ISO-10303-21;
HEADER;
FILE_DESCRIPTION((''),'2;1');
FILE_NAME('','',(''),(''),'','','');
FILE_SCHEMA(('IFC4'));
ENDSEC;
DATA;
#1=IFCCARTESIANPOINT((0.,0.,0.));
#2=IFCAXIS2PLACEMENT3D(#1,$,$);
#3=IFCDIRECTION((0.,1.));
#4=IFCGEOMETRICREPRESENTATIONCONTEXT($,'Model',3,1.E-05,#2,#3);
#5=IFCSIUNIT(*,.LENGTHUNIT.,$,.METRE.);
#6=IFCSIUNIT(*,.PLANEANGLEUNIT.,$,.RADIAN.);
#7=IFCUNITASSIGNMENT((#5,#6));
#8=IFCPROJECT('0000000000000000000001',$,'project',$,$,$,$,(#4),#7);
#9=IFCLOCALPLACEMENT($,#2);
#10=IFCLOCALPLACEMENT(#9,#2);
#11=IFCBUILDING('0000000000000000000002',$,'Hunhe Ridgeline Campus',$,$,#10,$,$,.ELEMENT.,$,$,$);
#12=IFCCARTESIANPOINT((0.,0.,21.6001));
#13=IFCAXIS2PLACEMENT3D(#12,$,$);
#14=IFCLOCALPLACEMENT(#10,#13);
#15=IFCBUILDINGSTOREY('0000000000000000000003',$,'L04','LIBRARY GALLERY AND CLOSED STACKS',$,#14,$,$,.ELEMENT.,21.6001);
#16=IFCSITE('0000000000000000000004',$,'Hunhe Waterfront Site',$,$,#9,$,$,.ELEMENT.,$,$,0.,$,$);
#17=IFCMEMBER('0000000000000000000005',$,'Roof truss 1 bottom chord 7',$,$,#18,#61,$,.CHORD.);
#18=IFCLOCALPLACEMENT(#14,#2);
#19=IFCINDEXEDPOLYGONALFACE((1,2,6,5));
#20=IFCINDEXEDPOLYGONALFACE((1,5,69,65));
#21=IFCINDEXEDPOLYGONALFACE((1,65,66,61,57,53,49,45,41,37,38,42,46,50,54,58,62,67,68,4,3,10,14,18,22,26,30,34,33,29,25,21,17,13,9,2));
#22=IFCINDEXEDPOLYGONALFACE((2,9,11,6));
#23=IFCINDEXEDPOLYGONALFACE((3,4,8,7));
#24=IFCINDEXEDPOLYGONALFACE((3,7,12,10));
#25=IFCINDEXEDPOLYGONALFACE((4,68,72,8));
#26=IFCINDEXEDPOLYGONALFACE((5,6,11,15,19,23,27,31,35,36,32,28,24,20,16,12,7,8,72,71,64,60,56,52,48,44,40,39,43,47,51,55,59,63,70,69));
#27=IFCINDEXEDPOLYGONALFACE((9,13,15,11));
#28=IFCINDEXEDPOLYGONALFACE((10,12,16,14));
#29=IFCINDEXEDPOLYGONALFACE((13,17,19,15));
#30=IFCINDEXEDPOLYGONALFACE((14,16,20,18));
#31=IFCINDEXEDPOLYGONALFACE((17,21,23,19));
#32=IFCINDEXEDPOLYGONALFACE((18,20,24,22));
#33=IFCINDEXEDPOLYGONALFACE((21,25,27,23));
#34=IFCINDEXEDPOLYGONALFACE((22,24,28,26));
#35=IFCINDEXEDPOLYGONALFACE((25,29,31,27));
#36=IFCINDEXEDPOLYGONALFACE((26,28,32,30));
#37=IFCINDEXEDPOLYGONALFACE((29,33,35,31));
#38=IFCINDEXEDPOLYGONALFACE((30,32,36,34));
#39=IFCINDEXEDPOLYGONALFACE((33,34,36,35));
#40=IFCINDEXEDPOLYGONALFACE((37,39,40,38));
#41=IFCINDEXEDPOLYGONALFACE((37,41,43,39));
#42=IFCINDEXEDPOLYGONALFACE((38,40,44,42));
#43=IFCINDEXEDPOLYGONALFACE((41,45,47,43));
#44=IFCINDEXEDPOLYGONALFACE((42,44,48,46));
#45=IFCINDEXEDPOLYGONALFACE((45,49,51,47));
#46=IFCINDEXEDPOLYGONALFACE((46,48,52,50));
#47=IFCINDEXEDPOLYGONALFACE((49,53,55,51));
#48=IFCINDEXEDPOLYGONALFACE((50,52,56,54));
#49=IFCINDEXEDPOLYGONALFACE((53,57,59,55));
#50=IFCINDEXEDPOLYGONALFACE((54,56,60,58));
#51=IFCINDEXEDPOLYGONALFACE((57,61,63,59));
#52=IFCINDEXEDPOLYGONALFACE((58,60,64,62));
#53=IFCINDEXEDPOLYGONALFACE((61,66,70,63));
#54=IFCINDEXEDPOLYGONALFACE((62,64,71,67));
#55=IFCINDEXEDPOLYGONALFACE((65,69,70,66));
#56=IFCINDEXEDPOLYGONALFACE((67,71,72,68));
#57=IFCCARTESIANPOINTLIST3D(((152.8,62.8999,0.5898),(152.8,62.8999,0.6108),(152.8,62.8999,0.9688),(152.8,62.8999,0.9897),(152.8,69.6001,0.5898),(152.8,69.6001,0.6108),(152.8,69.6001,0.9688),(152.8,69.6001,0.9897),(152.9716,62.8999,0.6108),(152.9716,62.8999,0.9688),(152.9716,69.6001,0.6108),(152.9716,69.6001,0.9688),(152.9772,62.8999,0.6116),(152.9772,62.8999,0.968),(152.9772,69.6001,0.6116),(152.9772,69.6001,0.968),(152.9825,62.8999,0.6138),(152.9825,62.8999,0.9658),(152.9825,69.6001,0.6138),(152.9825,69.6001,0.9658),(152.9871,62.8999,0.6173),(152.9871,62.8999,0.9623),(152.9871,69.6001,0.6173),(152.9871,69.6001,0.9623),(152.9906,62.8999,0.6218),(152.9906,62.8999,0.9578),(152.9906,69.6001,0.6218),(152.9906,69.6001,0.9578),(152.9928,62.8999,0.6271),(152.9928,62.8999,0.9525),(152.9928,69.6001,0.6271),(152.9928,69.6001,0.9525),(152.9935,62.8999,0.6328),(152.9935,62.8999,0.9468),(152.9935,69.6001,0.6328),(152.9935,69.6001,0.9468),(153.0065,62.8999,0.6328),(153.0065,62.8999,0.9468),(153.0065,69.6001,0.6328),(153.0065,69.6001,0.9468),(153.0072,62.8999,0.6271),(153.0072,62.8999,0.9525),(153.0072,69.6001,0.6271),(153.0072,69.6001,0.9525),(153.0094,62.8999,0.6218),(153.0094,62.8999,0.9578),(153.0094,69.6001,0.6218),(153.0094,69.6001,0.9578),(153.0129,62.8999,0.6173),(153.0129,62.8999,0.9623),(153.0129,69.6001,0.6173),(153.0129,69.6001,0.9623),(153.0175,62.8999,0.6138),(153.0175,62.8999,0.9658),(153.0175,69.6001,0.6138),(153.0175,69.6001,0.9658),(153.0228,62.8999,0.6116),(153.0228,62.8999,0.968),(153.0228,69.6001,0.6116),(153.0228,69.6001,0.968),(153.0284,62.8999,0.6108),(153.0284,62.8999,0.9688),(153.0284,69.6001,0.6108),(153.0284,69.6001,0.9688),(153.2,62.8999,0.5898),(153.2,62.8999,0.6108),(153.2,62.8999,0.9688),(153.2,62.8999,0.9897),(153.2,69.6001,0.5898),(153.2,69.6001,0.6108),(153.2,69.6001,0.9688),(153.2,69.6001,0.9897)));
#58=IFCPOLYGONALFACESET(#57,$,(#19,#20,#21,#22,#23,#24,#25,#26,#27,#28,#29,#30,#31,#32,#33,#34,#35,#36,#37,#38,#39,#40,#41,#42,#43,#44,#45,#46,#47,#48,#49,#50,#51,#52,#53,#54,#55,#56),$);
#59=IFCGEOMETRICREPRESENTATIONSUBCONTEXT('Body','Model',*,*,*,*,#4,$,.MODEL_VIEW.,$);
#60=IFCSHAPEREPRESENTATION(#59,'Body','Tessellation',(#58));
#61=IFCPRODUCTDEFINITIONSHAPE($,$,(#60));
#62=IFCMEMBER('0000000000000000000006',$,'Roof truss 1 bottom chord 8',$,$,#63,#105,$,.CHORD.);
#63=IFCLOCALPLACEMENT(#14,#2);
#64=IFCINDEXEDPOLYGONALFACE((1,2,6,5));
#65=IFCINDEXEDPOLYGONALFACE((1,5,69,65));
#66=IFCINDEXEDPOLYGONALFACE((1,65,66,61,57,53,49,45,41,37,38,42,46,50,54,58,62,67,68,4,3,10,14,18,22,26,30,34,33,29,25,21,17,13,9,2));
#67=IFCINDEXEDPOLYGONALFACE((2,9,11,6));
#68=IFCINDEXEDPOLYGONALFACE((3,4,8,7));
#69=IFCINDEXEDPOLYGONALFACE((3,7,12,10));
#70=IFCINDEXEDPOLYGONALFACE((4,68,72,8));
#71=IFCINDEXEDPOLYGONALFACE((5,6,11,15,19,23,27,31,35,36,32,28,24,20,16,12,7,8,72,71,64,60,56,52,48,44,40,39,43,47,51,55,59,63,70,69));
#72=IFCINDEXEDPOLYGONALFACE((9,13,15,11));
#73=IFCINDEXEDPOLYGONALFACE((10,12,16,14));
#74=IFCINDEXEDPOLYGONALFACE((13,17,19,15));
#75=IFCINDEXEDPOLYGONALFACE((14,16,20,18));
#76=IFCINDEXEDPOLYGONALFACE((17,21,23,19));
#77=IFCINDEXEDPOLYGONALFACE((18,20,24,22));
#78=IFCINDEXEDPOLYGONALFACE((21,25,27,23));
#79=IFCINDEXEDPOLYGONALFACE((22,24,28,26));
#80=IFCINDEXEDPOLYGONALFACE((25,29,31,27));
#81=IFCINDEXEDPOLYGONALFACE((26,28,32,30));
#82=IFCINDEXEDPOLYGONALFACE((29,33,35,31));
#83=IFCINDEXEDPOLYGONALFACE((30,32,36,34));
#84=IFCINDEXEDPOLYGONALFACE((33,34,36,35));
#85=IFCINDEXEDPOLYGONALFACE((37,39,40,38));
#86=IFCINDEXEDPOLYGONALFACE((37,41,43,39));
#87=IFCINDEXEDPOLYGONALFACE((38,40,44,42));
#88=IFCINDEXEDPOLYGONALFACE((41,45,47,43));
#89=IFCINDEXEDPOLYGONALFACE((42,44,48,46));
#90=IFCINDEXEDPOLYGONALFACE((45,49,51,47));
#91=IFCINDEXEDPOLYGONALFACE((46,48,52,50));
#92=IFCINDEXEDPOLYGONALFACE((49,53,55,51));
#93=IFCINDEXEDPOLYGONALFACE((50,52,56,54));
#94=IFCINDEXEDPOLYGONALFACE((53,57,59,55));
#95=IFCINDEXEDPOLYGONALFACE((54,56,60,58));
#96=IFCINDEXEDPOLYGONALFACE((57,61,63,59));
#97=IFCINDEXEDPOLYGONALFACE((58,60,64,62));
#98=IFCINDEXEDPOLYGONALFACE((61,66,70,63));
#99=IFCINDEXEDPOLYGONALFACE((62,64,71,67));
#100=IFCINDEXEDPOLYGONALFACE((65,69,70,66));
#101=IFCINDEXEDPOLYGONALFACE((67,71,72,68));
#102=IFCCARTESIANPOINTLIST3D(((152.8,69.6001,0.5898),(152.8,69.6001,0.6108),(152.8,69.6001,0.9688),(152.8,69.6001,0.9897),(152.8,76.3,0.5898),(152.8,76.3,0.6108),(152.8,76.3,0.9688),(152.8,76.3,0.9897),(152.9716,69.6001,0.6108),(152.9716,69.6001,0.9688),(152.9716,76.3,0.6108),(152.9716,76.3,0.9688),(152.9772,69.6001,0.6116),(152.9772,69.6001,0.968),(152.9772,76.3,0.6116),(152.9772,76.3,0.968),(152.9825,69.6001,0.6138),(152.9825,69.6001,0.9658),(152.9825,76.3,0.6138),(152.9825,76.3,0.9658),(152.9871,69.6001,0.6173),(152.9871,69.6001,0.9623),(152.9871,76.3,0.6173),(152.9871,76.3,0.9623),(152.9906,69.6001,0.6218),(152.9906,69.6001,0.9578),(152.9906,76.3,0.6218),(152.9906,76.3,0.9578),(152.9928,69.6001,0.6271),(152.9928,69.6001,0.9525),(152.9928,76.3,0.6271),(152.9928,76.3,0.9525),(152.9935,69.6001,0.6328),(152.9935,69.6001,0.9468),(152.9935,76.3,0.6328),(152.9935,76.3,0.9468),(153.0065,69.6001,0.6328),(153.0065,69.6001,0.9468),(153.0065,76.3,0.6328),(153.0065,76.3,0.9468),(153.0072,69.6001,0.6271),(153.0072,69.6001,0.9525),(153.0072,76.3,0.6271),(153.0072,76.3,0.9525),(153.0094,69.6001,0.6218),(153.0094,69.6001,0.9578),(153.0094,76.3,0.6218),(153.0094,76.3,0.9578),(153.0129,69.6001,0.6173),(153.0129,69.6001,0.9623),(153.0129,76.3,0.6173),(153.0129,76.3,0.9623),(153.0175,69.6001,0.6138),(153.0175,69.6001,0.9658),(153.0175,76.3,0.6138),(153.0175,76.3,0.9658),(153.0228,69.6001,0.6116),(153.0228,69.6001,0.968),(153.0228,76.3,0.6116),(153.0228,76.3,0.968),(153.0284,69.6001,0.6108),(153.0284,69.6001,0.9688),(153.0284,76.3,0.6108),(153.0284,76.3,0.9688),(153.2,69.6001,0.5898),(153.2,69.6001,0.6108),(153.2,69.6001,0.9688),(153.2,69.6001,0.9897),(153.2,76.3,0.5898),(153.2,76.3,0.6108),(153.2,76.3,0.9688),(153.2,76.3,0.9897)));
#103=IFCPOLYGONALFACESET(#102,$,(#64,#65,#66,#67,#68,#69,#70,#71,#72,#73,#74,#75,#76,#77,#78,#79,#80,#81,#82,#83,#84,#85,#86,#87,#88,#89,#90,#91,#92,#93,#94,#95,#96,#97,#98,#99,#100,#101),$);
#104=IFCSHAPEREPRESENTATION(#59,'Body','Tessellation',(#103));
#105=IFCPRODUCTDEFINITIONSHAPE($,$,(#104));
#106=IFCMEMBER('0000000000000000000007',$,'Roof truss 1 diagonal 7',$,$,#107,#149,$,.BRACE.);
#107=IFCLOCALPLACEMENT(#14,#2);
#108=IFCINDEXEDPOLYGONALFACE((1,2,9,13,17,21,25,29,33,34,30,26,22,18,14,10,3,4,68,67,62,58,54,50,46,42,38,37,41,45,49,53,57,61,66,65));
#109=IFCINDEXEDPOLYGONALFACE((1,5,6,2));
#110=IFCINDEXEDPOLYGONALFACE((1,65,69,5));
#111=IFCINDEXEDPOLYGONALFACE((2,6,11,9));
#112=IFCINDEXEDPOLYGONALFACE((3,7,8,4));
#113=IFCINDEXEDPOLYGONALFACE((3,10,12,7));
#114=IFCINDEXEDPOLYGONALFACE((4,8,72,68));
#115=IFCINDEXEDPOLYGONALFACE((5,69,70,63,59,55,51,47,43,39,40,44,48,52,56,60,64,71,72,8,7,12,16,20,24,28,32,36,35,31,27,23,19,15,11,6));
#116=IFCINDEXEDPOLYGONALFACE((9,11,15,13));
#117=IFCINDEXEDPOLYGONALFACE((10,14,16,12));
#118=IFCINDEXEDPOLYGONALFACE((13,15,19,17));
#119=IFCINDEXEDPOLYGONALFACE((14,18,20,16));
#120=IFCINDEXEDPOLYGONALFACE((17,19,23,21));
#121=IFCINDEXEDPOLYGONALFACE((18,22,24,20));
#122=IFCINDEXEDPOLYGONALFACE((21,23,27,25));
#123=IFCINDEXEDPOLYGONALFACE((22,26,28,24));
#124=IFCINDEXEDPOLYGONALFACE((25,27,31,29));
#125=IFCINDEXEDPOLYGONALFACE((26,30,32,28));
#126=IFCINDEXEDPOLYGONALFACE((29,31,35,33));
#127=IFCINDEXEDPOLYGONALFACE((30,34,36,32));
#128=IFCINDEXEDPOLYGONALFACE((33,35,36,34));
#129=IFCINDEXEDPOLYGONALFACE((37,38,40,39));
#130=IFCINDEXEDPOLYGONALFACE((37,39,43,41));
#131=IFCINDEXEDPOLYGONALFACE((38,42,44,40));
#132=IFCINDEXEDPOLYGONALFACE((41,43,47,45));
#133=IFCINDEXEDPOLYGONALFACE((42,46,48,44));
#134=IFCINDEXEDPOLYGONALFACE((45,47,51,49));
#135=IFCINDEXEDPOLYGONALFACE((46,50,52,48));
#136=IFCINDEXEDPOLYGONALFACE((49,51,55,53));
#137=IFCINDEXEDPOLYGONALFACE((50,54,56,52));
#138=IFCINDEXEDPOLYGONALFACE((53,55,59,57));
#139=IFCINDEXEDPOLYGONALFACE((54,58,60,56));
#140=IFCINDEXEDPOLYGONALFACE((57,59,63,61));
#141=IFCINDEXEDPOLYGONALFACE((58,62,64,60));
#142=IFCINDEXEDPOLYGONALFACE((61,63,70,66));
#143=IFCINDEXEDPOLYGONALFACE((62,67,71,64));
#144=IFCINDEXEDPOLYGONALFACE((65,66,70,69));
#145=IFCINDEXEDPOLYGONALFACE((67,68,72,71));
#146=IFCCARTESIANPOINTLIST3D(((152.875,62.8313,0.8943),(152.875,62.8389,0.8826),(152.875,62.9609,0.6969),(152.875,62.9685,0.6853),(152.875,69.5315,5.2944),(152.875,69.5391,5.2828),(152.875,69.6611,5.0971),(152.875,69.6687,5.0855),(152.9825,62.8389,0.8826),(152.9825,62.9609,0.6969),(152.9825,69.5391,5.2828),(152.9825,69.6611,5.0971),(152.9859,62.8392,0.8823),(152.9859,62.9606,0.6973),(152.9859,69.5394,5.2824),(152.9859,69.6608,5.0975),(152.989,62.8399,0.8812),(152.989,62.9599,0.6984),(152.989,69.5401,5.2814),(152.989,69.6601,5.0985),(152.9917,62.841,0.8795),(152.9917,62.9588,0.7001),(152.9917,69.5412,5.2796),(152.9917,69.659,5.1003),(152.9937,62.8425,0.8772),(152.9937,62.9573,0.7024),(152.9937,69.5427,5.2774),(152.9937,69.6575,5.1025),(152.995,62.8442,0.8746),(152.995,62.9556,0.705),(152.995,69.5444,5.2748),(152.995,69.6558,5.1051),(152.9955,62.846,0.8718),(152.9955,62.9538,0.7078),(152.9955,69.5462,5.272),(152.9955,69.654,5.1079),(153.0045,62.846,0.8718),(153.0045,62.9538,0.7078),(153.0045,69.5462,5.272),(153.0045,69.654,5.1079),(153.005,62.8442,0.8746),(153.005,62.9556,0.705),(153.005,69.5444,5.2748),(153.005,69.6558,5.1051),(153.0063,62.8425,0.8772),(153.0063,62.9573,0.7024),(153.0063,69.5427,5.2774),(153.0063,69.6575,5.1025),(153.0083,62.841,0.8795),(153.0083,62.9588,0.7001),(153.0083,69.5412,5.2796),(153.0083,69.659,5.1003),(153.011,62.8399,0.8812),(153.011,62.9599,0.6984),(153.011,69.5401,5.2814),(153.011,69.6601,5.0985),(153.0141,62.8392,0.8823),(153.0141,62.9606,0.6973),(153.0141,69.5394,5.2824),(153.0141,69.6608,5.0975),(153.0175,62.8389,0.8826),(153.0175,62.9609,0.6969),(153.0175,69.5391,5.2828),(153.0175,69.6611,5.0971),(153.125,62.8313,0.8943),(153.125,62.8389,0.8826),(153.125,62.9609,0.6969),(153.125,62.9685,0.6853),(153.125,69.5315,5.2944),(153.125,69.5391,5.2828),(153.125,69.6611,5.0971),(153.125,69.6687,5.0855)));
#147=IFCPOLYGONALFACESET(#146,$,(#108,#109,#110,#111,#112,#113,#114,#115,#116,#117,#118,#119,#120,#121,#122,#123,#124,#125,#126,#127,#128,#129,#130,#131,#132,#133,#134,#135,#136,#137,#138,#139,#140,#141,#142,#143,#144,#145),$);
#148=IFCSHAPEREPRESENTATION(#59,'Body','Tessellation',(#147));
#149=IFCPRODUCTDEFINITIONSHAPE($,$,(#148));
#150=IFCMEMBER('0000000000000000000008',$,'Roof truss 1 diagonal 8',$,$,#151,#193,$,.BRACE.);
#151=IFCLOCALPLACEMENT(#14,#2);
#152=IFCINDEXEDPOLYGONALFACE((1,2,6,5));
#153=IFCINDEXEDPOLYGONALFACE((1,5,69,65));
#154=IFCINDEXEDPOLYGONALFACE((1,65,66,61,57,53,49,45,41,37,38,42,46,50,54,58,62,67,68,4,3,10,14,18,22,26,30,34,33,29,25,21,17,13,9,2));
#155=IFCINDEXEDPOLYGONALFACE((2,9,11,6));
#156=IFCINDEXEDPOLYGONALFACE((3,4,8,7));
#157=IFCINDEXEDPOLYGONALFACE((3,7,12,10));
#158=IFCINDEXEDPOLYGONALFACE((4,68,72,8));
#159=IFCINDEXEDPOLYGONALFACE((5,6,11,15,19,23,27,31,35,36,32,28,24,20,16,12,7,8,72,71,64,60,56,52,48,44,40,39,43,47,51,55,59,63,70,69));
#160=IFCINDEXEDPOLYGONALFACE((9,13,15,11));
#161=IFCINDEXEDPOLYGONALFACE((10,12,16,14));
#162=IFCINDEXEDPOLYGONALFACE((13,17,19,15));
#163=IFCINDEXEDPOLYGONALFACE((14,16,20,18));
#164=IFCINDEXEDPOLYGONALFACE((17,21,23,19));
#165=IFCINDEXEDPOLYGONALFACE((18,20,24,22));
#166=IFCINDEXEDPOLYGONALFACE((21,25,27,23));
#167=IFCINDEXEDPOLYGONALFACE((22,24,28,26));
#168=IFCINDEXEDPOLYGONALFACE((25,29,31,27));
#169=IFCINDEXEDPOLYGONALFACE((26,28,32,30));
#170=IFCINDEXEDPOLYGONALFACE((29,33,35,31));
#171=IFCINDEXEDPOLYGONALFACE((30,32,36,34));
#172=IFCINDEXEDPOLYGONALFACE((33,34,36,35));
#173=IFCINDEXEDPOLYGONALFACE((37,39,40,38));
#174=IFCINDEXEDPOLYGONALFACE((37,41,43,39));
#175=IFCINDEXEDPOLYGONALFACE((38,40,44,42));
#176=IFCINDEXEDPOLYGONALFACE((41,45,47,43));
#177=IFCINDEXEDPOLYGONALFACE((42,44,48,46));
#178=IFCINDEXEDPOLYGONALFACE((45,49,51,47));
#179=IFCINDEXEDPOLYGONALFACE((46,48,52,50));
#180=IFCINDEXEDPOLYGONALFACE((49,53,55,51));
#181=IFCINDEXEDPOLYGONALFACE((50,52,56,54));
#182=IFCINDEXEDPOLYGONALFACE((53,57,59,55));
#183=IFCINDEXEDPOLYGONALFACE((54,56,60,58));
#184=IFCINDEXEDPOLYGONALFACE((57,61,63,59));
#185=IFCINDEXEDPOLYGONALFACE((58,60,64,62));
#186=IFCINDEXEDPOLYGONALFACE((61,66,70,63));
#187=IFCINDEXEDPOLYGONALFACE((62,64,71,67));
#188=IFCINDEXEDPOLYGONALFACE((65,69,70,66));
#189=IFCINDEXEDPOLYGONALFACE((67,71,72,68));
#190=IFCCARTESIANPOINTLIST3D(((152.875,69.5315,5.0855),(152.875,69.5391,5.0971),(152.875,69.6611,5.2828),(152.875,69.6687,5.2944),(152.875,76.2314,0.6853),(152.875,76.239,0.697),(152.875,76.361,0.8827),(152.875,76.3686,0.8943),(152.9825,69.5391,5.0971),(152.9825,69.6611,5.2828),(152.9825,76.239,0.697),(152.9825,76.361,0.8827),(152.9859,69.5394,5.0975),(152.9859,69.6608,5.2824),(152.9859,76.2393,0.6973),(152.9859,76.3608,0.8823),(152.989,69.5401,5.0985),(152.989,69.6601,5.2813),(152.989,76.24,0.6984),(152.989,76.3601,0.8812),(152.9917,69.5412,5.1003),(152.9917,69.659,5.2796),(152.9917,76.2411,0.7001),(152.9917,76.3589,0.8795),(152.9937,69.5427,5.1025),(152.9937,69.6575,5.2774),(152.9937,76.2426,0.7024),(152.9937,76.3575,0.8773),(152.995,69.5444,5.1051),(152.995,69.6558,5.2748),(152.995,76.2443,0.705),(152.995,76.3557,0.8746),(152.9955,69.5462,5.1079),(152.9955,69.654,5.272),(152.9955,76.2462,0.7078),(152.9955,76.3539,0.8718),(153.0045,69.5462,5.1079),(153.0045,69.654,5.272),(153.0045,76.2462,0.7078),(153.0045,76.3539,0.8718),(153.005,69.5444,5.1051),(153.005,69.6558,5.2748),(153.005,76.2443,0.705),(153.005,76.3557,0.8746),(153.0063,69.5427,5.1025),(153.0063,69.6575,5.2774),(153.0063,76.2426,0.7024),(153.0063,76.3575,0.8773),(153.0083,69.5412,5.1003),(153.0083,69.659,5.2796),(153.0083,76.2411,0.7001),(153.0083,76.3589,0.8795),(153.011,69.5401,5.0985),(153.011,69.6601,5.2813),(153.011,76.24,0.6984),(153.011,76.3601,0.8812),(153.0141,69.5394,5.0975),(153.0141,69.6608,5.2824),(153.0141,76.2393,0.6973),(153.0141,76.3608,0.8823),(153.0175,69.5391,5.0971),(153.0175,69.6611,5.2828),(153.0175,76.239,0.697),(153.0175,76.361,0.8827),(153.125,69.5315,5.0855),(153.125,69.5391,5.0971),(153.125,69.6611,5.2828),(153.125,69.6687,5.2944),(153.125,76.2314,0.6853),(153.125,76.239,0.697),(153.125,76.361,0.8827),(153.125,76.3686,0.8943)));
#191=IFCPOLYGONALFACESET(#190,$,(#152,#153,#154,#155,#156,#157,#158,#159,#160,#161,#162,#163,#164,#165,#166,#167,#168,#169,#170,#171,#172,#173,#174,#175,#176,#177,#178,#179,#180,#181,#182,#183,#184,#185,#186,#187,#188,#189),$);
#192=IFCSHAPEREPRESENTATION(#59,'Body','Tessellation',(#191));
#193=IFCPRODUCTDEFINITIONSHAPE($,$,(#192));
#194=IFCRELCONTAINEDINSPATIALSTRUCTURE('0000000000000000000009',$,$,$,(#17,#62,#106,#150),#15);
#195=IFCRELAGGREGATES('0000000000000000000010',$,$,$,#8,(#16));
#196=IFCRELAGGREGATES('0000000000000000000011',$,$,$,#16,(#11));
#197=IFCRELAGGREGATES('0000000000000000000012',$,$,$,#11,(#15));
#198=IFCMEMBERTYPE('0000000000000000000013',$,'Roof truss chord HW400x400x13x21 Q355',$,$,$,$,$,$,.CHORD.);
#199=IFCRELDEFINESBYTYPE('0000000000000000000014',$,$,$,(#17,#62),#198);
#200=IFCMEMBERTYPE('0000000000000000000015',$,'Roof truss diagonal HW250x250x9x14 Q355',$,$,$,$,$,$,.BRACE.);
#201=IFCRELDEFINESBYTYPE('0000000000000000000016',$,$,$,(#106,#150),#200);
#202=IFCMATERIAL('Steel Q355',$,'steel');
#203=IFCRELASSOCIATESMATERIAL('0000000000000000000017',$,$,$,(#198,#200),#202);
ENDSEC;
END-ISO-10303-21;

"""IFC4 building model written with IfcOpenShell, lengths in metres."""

from ifc_helpers import new_model, si_unit, direction, frame, origin, origin_2d, place, context, subcontext, project, spatial, i_section, extrude, material, material_profile, profile_set, type_object, element, save


model = new_model("IFC4")

# Units and contexts
model_context = context("Model", 3, precision=1e-05, world=origin(), true_north=direction((0.0, 1.0)))
body_context = subcontext(model_context, "Body", "Model", "MODEL_VIEW")
ifc_project = project(units=[si_unit("LENGTHUNIT", "METRE"), si_unit("PLANEANGLEUNIT", "RADIAN")], contexts=[model_context])

# Site, building, storey
site_placement = place(None, origin())
site = spatial("IfcSite", under=ifc_project, at=site_placement, Name="Hunhe Waterfront Site", CompositionType="ELEMENT", RefElevation=0.0)
building_placement = place(site_placement, origin())
building = spatial("IfcBuilding", under=site, at=building_placement, Name="Hunhe Ridgeline Campus", CompositionType="ELEMENT")
storey_placement = place(building_placement, frame((0.0, 0.0, 21.6001)))
storey = spatial("IfcBuildingStorey", under=building, at=storey_placement, Name="L04", Description="LIBRARY GALLERY AND CLOSED STACKS", CompositionType="ELEMENT", Elevation=21.6001)

# Members
ifc_material_1 = material(Name="Steel Q355", Category="steel")
ifc_material_profile_1 = material_profile(ifc_material_1, i_section(OverallWidth=0.3999, OverallDepth=0.3999, WebThickness=0.0129, FlangeThickness=0.021, FilletRadius=0.022, at=origin_2d()))
ifc_profile_set_1 = profile_set([ifc_material_profile_1], Name="Steel Q355")
member_type_1 = type_object("IfcMemberType", Name="Roof truss chord HW400x400x13x21 Q355", PredefinedType="CHORD", material=ifc_profile_set_1)
member_1_placement = place(storey_placement, frame((153.0, 62.8999, 0.7898), z_axis=(0.0, 1.0, 0.0), x_axis=(-1.0, 0.0, 0.0)))
element("IfcMember", 1, at=member_1_placement, inside=storey, type_object=member_type_1, Name="Roof truss 1 bottom chord 7", PredefinedType="CHORD", context=body_context, shape_type="SweptSolid", body=[
    extrude(i_section(OverallWidth=0.3999, OverallDepth=0.3999, WebThickness=0.0129, FlangeThickness=0.021, FilletRadius=0.022, at=origin_2d()), origin(), (0.0, 0.0, 1.0), 6.7002),
])
member_2_placement = place(storey_placement, frame((153.0, 69.6001, 0.7898), z_axis=(0.0, 1.0, 0.0), x_axis=(-1.0, 0.0, 0.0)))
element("IfcMember", 2, at=member_2_placement, inside=storey, type_object=member_type_1, Name="Roof truss 1 bottom chord 8", PredefinedType="CHORD", context=body_context, shape_type="SweptSolid", body=[
    extrude(i_section(OverallWidth=0.3999, OverallDepth=0.3999, WebThickness=0.0129, FlangeThickness=0.021, FilletRadius=0.022, at=origin_2d()), origin(), (0.0, 0.0, 1.0), 6.7),
])
ifc_material_profile_2 = material_profile(ifc_material_1, i_section(OverallWidth=0.25, OverallDepth=0.25, WebThickness=0.009, FlangeThickness=0.0139, FilletRadius=0.0129, at=origin_2d()))
ifc_profile_set_2 = profile_set([ifc_material_profile_2], Name="Steel Q355")
member_type_2 = type_object("IfcMemberType", Name="Roof truss diagonal HW250x250x9x14 Q355", PredefinedType="BRACE", material=ifc_profile_set_2)
member_3_placement = place(storey_placement, frame((153.0, 62.8999, 0.7898), z_axis=(0.0, 0.835868, 0.548931), x_axis=(-1.0, 0.0, 0.0)))
element("IfcMember", 3, at=member_3_placement, inside=storey, type_object=member_type_2, Name="Roof truss 1 diagonal 7", PredefinedType="BRACE", context=body_context, shape_type="SweptSolid", body=[
    extrude(i_section(OverallWidth=0.25, OverallDepth=0.25, WebThickness=0.009, FlangeThickness=0.0139, FilletRadius=0.0129, at=origin_2d()), origin(), (0.0, 0.0, 1.0), 8.0159),
])
member_4_placement = place(storey_placement, frame((153.0, 69.6001, 5.1899), z_axis=(0.0, 0.835859, -0.548944), x_axis=(-1.0, 0.0, 0.0)))
element("IfcMember", 4, at=member_4_placement, inside=storey, type_object=member_type_2, Name="Roof truss 1 diagonal 8", PredefinedType="BRACE", context=body_context, shape_type="SweptSolid", body=[
    extrude(i_section(OverallWidth=0.25, OverallDepth=0.25, WebThickness=0.009, FlangeThickness=0.0139, FilletRadius=0.0129, at=origin_2d()), origin(), (0.0, 0.0, 1.0), 8.0156),
])

save(model, "model.ifc")
